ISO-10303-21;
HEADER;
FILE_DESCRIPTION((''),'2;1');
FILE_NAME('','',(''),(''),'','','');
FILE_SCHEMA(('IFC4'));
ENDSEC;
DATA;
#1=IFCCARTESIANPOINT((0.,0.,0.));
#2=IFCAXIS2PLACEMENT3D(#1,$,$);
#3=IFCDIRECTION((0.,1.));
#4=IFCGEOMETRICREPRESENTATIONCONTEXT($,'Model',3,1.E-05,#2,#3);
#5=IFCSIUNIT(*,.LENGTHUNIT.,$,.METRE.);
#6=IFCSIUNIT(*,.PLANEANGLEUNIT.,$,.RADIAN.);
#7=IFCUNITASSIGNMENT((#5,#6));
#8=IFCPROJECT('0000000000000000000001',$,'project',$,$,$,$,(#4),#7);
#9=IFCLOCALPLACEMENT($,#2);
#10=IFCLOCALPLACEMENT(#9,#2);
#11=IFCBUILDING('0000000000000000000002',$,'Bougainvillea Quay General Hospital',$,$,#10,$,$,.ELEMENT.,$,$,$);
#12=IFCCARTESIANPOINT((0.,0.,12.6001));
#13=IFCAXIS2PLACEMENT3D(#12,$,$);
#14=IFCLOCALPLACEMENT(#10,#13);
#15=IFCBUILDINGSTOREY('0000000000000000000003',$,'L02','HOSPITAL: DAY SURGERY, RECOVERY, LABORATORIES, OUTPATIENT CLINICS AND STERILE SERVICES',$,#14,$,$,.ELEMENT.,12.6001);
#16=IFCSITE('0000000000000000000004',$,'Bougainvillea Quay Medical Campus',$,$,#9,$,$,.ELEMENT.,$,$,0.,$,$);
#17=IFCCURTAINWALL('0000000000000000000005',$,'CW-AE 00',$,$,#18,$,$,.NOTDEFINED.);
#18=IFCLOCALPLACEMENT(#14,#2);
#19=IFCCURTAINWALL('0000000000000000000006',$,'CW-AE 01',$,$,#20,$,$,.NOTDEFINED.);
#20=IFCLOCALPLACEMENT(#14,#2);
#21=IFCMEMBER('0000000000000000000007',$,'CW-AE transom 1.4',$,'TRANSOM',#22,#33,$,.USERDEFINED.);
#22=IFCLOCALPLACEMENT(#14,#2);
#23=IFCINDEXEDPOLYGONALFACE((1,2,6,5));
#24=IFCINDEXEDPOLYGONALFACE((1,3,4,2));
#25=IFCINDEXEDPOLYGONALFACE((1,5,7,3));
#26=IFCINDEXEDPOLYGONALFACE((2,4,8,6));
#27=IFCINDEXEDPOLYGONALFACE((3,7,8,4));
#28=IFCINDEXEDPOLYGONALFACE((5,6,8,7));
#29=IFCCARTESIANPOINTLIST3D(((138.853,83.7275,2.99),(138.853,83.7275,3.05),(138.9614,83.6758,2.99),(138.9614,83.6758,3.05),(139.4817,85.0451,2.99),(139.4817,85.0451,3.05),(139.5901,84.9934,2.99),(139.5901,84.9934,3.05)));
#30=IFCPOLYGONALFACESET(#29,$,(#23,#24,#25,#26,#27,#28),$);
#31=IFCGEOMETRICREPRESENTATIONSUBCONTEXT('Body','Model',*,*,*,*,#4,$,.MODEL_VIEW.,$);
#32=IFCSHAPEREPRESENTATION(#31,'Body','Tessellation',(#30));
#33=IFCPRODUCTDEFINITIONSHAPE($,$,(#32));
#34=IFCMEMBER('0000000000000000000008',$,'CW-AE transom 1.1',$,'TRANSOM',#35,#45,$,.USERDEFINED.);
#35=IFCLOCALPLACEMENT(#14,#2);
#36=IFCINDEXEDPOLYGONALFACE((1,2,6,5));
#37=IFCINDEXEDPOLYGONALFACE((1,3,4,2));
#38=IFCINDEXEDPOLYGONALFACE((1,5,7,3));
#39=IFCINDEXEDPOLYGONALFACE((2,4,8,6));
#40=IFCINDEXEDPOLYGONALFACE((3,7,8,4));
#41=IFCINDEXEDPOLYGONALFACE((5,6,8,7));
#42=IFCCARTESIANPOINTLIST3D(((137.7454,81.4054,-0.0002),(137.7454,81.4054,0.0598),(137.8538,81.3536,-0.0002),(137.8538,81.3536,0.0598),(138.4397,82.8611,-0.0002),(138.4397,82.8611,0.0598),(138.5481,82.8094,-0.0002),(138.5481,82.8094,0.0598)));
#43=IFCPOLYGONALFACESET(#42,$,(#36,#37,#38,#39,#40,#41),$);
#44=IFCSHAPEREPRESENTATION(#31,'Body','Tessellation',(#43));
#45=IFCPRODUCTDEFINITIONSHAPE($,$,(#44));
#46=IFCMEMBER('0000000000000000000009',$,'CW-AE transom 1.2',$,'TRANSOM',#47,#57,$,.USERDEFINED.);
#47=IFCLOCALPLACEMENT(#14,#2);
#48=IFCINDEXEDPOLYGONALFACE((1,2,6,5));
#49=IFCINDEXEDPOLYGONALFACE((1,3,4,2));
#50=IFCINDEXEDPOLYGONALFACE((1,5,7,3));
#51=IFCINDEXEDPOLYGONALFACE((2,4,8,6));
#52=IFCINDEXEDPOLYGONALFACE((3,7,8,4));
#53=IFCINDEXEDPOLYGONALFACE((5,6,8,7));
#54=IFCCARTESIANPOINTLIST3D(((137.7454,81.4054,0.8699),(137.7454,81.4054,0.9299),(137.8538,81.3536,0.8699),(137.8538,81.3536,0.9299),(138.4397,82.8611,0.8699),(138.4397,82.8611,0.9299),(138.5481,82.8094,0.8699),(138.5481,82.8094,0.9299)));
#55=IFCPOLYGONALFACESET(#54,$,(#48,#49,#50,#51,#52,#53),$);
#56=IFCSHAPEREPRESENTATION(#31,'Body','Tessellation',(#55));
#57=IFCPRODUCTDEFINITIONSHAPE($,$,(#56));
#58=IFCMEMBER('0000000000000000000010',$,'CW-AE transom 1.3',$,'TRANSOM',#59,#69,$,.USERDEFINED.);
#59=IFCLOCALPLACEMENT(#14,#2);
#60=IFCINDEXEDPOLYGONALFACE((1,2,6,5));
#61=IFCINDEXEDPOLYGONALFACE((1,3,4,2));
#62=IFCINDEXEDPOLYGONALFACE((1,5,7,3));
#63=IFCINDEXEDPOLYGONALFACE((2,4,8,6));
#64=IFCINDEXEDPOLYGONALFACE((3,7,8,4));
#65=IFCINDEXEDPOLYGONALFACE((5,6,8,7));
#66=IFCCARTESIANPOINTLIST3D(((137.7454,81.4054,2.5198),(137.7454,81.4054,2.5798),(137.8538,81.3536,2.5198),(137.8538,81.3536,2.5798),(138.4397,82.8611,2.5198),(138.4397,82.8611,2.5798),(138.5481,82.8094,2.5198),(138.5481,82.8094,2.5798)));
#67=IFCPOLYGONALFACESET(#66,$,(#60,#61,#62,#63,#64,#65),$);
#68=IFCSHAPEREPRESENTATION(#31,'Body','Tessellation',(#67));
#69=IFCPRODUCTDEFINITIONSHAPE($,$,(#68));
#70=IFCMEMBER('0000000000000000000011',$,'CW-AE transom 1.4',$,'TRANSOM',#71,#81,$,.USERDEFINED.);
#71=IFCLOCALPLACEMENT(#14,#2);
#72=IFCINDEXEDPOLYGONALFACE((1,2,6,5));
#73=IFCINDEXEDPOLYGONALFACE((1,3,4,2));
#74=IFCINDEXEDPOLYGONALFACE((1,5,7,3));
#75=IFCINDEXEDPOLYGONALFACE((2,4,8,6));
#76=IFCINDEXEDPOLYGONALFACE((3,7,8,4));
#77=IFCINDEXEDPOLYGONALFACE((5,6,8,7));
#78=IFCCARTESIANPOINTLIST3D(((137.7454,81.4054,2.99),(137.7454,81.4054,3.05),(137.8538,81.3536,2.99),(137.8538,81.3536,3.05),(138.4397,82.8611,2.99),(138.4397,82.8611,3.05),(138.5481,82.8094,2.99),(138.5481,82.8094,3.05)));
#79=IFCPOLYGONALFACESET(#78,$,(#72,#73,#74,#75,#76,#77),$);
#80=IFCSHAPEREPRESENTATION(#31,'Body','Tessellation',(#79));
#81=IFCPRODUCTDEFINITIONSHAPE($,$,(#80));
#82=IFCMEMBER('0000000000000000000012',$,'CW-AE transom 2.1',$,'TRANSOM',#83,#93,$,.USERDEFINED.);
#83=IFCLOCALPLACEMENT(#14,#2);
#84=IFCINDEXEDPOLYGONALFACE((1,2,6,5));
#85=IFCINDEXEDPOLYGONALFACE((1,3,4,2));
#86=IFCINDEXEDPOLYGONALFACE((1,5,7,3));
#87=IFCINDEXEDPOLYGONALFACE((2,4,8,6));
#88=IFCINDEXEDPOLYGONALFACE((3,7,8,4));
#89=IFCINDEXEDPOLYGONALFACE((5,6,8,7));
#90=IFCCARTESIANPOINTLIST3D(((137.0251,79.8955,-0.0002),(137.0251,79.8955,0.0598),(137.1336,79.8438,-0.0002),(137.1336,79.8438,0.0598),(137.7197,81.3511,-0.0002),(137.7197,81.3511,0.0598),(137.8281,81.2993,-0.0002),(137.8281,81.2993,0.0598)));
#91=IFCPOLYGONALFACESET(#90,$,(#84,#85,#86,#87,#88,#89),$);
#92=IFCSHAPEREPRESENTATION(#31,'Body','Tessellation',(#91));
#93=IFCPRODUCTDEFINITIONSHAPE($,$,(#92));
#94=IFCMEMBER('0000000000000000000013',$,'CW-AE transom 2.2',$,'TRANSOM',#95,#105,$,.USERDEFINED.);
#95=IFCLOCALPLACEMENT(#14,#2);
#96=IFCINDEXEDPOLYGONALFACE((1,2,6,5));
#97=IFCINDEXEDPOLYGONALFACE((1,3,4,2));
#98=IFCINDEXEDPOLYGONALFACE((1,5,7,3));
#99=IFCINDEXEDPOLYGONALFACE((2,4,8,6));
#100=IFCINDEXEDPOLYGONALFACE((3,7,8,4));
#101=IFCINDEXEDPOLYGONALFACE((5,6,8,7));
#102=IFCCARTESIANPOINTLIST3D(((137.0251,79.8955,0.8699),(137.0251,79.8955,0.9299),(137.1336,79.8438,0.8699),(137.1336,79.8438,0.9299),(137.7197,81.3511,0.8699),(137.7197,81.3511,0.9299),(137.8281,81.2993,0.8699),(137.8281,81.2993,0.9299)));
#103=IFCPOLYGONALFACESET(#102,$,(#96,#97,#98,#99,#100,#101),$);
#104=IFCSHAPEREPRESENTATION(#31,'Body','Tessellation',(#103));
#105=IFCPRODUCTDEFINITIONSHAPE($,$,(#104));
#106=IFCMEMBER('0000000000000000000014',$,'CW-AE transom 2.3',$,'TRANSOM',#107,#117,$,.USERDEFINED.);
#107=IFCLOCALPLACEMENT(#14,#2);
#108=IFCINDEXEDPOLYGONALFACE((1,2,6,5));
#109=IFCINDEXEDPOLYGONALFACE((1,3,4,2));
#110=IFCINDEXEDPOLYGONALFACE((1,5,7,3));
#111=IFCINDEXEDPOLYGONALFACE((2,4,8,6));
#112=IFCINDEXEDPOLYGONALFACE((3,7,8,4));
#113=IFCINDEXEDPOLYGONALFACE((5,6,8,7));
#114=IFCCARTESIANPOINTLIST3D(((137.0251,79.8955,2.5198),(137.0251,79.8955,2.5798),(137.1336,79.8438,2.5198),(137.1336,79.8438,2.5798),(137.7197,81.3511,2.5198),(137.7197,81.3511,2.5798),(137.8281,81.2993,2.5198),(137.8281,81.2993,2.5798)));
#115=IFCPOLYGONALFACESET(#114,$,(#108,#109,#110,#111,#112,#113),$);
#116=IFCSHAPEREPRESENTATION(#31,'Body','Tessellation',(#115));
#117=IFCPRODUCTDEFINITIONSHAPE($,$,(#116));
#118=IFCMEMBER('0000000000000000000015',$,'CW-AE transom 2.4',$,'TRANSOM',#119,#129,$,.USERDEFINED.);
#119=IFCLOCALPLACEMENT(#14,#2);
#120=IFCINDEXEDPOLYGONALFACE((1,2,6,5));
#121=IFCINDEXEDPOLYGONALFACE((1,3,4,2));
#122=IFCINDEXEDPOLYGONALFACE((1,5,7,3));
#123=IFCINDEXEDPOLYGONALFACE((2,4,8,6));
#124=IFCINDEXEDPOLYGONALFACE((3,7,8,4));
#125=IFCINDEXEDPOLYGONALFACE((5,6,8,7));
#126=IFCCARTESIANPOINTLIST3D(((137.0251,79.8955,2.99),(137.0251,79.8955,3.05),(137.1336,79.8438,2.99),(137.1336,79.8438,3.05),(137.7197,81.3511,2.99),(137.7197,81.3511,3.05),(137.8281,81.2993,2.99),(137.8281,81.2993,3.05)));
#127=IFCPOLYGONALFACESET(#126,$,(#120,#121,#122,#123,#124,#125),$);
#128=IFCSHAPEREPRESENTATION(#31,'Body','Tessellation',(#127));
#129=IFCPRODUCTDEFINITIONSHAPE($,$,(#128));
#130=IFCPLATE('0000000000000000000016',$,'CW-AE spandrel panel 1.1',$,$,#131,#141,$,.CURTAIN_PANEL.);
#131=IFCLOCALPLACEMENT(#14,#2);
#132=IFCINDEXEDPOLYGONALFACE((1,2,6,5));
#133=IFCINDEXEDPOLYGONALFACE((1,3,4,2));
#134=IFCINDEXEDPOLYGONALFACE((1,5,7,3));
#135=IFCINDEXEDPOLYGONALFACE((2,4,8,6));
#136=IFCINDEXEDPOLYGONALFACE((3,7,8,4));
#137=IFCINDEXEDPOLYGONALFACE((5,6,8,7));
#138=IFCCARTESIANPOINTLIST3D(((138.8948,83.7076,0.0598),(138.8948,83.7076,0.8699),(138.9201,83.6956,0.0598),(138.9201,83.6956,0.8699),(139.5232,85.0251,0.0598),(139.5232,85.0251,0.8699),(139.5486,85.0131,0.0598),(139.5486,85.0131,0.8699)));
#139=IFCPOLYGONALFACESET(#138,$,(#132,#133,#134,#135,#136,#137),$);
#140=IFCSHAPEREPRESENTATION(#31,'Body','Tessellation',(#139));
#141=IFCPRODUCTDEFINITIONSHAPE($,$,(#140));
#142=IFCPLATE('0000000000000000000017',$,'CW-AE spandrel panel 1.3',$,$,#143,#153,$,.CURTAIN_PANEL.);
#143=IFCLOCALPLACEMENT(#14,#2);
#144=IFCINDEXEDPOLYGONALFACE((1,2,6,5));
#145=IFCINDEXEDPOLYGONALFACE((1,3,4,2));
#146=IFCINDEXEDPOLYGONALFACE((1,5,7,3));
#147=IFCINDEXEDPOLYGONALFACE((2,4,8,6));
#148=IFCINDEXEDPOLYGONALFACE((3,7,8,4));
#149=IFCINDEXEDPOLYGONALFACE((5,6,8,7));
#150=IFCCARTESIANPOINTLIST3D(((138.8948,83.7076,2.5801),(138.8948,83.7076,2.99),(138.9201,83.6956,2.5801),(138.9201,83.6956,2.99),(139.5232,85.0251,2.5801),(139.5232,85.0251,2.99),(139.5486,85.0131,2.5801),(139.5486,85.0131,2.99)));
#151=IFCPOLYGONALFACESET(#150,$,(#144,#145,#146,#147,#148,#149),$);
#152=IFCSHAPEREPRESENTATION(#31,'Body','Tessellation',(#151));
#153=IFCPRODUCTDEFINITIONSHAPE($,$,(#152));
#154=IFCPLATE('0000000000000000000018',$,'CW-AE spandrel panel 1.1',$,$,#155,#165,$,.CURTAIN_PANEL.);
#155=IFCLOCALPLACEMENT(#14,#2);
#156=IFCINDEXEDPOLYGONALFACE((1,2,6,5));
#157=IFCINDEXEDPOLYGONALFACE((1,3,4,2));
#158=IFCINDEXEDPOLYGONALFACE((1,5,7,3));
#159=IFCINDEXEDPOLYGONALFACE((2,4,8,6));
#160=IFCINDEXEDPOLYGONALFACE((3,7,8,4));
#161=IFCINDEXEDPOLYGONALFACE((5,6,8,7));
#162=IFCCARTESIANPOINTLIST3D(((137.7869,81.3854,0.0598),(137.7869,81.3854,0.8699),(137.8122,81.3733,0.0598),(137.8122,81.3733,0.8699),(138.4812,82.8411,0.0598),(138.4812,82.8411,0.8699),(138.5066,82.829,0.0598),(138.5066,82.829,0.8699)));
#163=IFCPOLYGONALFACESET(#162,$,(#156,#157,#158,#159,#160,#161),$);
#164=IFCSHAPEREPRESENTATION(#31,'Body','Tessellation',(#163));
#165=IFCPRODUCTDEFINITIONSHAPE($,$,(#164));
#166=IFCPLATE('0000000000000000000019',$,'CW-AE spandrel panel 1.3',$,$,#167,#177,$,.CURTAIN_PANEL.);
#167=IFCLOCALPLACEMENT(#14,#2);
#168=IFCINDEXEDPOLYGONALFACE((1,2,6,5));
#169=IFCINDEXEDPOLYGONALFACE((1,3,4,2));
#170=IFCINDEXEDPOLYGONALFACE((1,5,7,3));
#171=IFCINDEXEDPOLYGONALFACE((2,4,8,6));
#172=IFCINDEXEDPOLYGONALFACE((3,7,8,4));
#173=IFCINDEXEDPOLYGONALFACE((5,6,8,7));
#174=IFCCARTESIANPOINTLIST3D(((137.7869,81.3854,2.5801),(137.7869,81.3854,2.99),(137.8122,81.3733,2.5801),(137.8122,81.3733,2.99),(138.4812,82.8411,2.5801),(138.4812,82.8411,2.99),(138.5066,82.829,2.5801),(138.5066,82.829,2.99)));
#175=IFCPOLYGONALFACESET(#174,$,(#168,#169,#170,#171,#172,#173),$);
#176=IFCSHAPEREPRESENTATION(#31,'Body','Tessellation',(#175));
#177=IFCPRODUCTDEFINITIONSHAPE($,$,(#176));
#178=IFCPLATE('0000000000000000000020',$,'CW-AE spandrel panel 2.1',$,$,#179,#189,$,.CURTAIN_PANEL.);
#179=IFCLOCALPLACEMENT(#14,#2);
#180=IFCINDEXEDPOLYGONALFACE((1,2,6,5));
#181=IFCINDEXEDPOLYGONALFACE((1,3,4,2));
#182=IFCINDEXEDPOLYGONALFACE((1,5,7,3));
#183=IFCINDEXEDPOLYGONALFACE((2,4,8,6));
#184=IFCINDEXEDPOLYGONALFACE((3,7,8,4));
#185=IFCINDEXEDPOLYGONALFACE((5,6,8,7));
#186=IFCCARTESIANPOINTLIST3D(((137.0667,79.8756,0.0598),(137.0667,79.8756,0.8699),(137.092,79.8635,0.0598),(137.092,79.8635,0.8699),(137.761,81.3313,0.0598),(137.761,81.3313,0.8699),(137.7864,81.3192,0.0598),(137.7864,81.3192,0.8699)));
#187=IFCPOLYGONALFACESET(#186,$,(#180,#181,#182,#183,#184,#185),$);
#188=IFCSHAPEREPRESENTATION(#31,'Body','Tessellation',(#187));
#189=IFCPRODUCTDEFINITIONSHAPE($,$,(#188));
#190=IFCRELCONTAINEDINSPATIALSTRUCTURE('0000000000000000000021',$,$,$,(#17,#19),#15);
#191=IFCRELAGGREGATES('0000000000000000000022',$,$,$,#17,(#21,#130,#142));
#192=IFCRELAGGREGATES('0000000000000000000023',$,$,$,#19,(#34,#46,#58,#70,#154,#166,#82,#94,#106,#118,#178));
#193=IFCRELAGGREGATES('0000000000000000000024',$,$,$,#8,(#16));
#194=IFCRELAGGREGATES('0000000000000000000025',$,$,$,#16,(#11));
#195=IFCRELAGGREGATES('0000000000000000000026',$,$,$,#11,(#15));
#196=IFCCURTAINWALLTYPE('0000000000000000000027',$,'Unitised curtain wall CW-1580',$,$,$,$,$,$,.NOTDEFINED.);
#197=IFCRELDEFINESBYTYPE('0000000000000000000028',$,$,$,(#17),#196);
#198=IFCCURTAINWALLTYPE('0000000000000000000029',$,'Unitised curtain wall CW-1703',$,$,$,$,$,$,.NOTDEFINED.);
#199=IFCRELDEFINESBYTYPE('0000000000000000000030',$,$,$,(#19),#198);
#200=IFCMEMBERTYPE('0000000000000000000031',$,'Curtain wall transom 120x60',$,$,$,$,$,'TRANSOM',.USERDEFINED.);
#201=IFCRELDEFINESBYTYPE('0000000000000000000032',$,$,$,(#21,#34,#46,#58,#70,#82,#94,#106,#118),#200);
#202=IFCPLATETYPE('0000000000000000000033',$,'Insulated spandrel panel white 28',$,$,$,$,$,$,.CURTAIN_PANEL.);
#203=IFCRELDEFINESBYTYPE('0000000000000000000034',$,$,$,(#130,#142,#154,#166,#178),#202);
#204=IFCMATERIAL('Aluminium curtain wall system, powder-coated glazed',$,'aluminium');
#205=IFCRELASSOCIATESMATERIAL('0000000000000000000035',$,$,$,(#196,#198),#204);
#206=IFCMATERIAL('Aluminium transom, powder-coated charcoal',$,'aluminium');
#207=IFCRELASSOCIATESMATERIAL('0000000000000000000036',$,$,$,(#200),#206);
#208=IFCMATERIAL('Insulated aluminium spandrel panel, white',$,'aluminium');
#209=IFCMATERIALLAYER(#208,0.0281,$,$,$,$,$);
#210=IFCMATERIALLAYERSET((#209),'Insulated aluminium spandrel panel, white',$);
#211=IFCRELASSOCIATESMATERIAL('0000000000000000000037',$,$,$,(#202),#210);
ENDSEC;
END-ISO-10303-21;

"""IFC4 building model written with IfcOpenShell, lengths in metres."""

from ifc_helpers import new_model, si_unit, direction, frame, origin, origin_2d, place, context, subcontext, project, spatial, rectangle, extrude, material, layer, layer_set, material_profile, profile_set, type_object, element, aggregate, save


model = new_model("IFC4")

# Units and contexts
model_context = context("Model", 3, precision=1e-05, world=origin(), true_north=direction((0.0, 1.0)))
body_context = subcontext(model_context, "Body", "Model", "MODEL_VIEW")
ifc_project = project(units=[si_unit("LENGTHUNIT", "METRE"), si_unit("PLANEANGLEUNIT", "RADIAN")], contexts=[model_context])

# Site, building, storey
site_placement = place(None, origin())
site = spatial("IfcSite", under=ifc_project, at=site_placement, Name="Bougainvillea Quay Medical Campus", CompositionType="ELEMENT", RefElevation=0.0)
building_placement = place(site_placement, origin())
building = spatial("IfcBuilding", under=site, at=building_placement, Name="Bougainvillea Quay General Hospital", CompositionType="ELEMENT")
storey_placement = place(building_placement, frame((0.0, 0.0, 12.6001)))
storey = spatial("IfcBuildingStorey", under=building, at=storey_placement, Name="L02", Description="HOSPITAL: DAY SURGERY, RECOVERY, LABORATORIES, OUTPATIENT CLINICS AND STERILE SERVICES", CompositionType="ELEMENT", Elevation=12.6001)

# Shared definitions
ifc_material_1 = material(Name="Aluminium curtain wall system, powder-coated glazed", Category="aluminium")

# Curtain walls
curtain_wall_type_1 = type_object("IfcCurtainWallType", Name="Unitised curtain wall CW-1580", PredefinedType="NOTDEFINED", material=ifc_material_1)
curtain_wall_1_placement = place(storey_placement, origin())
curtain_wall_1 = element("IfcCurtainWall", 1, at=curtain_wall_1_placement, inside=storey, type_object=curtain_wall_type_1, Name="CW-AE 00", PredefinedType="NOTDEFINED")
curtain_wall_type_2 = type_object("IfcCurtainWallType", Name="Unitised curtain wall CW-1703", PredefinedType="NOTDEFINED", material=ifc_material_1)
curtain_wall_2_placement = place(storey_placement, origin())
curtain_wall_2 = element("IfcCurtainWall", 2, at=curtain_wall_2_placement, inside=storey, type_object=curtain_wall_type_2, Name="CW-AE 01", PredefinedType="NOTDEFINED")

# Members
ifc_material_2 = material(Name="Aluminium transom, powder-coated charcoal", Category="aluminium")
ifc_material_profile_1 = material_profile(ifc_material_2, rectangle(XDim=0.1201, YDim=0.0601, at=origin_2d()))
ifc_profile_set_1 = profile_set([ifc_material_profile_1], Name="Aluminium transom, powder-coated charcoal")
member_type_1 = type_object("IfcMemberType", Name="Curtain wall transom 120x60", ElementType="TRANSOM", PredefinedType="USERDEFINED", material=ifc_profile_set_1)
member_1_placement = place(storey_placement, frame((139.5359, 85.0193, 3.02), z_axis=(-0.430615, -0.902536, 0.0), x_axis=(0.902536, -0.430615, 0.0)))
member_1 = element("IfcMember", 3, at=member_1_placement, type_object=member_type_1, Name="CW-AE transom 1.4", ObjectType="TRANSOM", PredefinedType="USERDEFINED", context=body_context, shape_type="SweptSolid", body=[
    extrude(rectangle(XDim=0.1201, YDim=0.0601, at=origin_2d()), origin(), (0.0, 0.0, 1.0), 1.46),
])
member_2_placement = place(storey_placement, frame((138.4939, 82.8352, 0.0298), z_axis=(-0.430486, -0.902597, 0.0), x_axis=(0.902597, -0.430486, 0.0)))
member_2 = element("IfcMember", 4, at=member_2_placement, type_object=member_type_1, Name="CW-AE transom 1.1", ObjectType="TRANSOM", PredefinedType="USERDEFINED", context=body_context, shape_type="SweptSolid", body=[
    extrude(rectangle(XDim=0.1201, YDim=0.0601, at=origin_2d()), origin(), (0.0, 0.0, 1.0), 1.6128),
])
member_3_placement = place(storey_placement, frame((138.4939, 82.8352, 0.8999), z_axis=(-0.430486, -0.902597, 0.0), x_axis=(0.902597, -0.430486, 0.0)))
member_3 = element("IfcMember", 5, at=member_3_placement, type_object=member_type_1, Name="CW-AE transom 1.2", ObjectType="TRANSOM", PredefinedType="USERDEFINED", context=body_context, shape_type="SweptSolid", body=[
    extrude(rectangle(XDim=0.1201, YDim=0.0601, at=origin_2d()), origin(), (0.0, 0.0, 1.0), 1.6128),
])
member_4_placement = place(storey_placement, frame((138.4939, 82.8352, 2.5498), z_axis=(-0.430486, -0.902597, 0.0), x_axis=(0.902597, -0.430486, 0.0)))
member_4 = element("IfcMember", 6, at=member_4_placement, type_object=member_type_1, Name="CW-AE transom 1.3", ObjectType="TRANSOM", PredefinedType="USERDEFINED", context=body_context, shape_type="SweptSolid", body=[
    extrude(rectangle(XDim=0.1201, YDim=0.0601, at=origin_2d()), origin(), (0.0, 0.0, 1.0), 1.6128),
])
member_5_placement = place(storey_placement, frame((138.4939, 82.8352, 3.02), z_axis=(-0.430486, -0.902597, 0.0), x_axis=(0.902597, -0.430486, 0.0)))
member_5 = element("IfcMember", 7, at=member_5_placement, type_object=member_type_1, Name="CW-AE transom 1.4", ObjectType="TRANSOM", PredefinedType="USERDEFINED", context=body_context, shape_type="SweptSolid", body=[
    extrude(rectangle(XDim=0.1201, YDim=0.0601, at=origin_2d()), origin(), (0.0, 0.0, 1.0), 1.6128),
])
member_6_placement = place(storey_placement, frame((137.7739, 81.3252, 0.0298), z_axis=(-0.430668, -0.90251, 0.0), x_axis=(0.90251, -0.430668, 0.0)))
member_6 = element("IfcMember", 8, at=member_6_placement, type_object=member_type_1, Name="CW-AE transom 2.1", ObjectType="TRANSOM", PredefinedType="USERDEFINED", context=body_context, shape_type="SweptSolid", body=[
    extrude(rectangle(XDim=0.1201, YDim=0.0601, at=origin_2d()), origin(), (0.0, 0.0, 1.0), 1.6128),
])
member_7_placement = place(storey_placement, frame((137.7739, 81.3252, 0.8999), z_axis=(-0.430668, -0.90251, 0.0), x_axis=(0.90251, -0.430668, 0.0)))
member_7 = element("IfcMember", 9, at=member_7_placement, type_object=member_type_1, Name="CW-AE transom 2.2", ObjectType="TRANSOM", PredefinedType="USERDEFINED", context=body_context, shape_type="SweptSolid", body=[
    extrude(rectangle(XDim=0.1201, YDim=0.0601, at=origin_2d()), origin(), (0.0, 0.0, 1.0), 1.6128),
])
member_8_placement = place(storey_placement, frame((137.7739, 81.3252, 2.5498), z_axis=(-0.430668, -0.90251, 0.0), x_axis=(0.90251, -0.430668, 0.0)))
member_8 = element("IfcMember", 10, at=member_8_placement, type_object=member_type_1, Name="CW-AE transom 2.3", ObjectType="TRANSOM", PredefinedType="USERDEFINED", context=body_context, shape_type="SweptSolid", body=[
    extrude(rectangle(XDim=0.1201, YDim=0.0601, at=origin_2d()), origin(), (0.0, 0.0, 1.0), 1.6128),
])
member_9_placement = place(storey_placement, frame((137.7739, 81.3252, 3.02), z_axis=(-0.430668, -0.90251, 0.0), x_axis=(0.90251, -0.430668, 0.0)))
member_9 = element("IfcMember", 11, at=member_9_placement, type_object=member_type_1, Name="CW-AE transom 2.4", ObjectType="TRANSOM", PredefinedType="USERDEFINED", context=body_context, shape_type="SweptSolid", body=[
    extrude(rectangle(XDim=0.1201, YDim=0.0601, at=origin_2d()), origin(), (0.0, 0.0, 1.0), 1.6128),
])

# Plates
ifc_material_3 = material(Name="Insulated aluminium spandrel panel, white", Category="aluminium")
ifc_layer_1 = layer(ifc_material_3, 0.0281)
ifc_layer_set_1 = layer_set([ifc_layer_1], Name="Insulated aluminium spandrel panel, white")
plate_type_1 = type_object("IfcPlateType", Name="Insulated spandrel panel white 28", PredefinedType="CURTAIN_PANEL", material=ifc_layer_set_1)
plate_1_placement = place(storey_placement, frame((139.2217, 84.3604, 0.0598), z_axis=(0.0, 0.0, 1.0), x_axis=(-0.43053, -0.902576, 0.0)))
plate_1 = element("IfcPlate", 12, at=plate_1_placement, type_object=plate_type_1, Name="CW-AE spandrel panel 1.1", PredefinedType="CURTAIN_PANEL", context=body_context, shape_type="SweptSolid", body=[
    extrude(rectangle(XDim=1.4597, YDim=0.0281, at=origin_2d()), origin(), (0.0, 0.0, 1.0), 0.8101),
])
plate_2_placement = place(storey_placement, frame((139.2217, 84.3604, 2.5801), z_axis=(0.0, 0.0, 1.0), x_axis=(-0.43053, -0.902576, 0.0)))
plate_2 = element("IfcPlate", 13, at=plate_2_placement, type_object=plate_type_1, Name="CW-AE spandrel panel 1.3", PredefinedType="CURTAIN_PANEL", context=body_context, shape_type="SweptSolid", body=[
    extrude(rectangle(XDim=1.4597, YDim=0.0281, at=origin_2d()), origin(), (0.0, 0.0, 1.0), 0.4099),
])
plate_3_placement = place(storey_placement, frame((138.1467, 82.1072, 0.0598), z_axis=(0.0, 0.0, 1.0), x_axis=(-0.43053, -0.902576, 0.0)))
plate_3 = element("IfcPlate", 14, at=plate_3_placement, type_object=plate_type_1, Name="CW-AE spandrel panel 1.1", PredefinedType="CURTAIN_PANEL", context=body_context, shape_type="SweptSolid", body=[
    extrude(rectangle(XDim=1.6128, YDim=0.0281, at=origin_2d()), origin(), (0.0, 0.0, 1.0), 0.8101),
])
plate_4_placement = place(storey_placement, frame((138.1467, 82.1072, 2.5801), z_axis=(0.0, 0.0, 1.0), x_axis=(-0.43053, -0.902576, 0.0)))
plate_4 = element("IfcPlate", 15, at=plate_4_placement, type_object=plate_type_1, Name="CW-AE spandrel panel 1.3", PredefinedType="CURTAIN_PANEL", context=body_context, shape_type="SweptSolid", body=[
    extrude(rectangle(XDim=1.6128, YDim=0.0281, at=origin_2d()), origin(), (0.0, 0.0, 1.0), 0.4099),
])
plate_5_placement = place(storey_placement, frame((137.4265, 80.5974, 0.0598), z_axis=(0.0, 0.0, 1.0), x_axis=(-0.43053, -0.902576, 0.0)))
plate_5 = element("IfcPlate", 16, at=plate_5_placement, type_object=plate_type_1, Name="CW-AE spandrel panel 2.1", PredefinedType="CURTAIN_PANEL", context=body_context, shape_type="SweptSolid", body=[
    extrude(rectangle(XDim=1.6128, YDim=0.0281, at=origin_2d()), origin(), (0.0, 0.0, 1.0), 0.8101),
])
aggregate(curtain_wall_1, [member_1, plate_1, plate_2])
aggregate(curtain_wall_2, [member_2, member_3, member_4, member_5, plate_3, plate_4, member_6, member_7, member_8, member_9, plate_5])

save(model, "model.ifc")
